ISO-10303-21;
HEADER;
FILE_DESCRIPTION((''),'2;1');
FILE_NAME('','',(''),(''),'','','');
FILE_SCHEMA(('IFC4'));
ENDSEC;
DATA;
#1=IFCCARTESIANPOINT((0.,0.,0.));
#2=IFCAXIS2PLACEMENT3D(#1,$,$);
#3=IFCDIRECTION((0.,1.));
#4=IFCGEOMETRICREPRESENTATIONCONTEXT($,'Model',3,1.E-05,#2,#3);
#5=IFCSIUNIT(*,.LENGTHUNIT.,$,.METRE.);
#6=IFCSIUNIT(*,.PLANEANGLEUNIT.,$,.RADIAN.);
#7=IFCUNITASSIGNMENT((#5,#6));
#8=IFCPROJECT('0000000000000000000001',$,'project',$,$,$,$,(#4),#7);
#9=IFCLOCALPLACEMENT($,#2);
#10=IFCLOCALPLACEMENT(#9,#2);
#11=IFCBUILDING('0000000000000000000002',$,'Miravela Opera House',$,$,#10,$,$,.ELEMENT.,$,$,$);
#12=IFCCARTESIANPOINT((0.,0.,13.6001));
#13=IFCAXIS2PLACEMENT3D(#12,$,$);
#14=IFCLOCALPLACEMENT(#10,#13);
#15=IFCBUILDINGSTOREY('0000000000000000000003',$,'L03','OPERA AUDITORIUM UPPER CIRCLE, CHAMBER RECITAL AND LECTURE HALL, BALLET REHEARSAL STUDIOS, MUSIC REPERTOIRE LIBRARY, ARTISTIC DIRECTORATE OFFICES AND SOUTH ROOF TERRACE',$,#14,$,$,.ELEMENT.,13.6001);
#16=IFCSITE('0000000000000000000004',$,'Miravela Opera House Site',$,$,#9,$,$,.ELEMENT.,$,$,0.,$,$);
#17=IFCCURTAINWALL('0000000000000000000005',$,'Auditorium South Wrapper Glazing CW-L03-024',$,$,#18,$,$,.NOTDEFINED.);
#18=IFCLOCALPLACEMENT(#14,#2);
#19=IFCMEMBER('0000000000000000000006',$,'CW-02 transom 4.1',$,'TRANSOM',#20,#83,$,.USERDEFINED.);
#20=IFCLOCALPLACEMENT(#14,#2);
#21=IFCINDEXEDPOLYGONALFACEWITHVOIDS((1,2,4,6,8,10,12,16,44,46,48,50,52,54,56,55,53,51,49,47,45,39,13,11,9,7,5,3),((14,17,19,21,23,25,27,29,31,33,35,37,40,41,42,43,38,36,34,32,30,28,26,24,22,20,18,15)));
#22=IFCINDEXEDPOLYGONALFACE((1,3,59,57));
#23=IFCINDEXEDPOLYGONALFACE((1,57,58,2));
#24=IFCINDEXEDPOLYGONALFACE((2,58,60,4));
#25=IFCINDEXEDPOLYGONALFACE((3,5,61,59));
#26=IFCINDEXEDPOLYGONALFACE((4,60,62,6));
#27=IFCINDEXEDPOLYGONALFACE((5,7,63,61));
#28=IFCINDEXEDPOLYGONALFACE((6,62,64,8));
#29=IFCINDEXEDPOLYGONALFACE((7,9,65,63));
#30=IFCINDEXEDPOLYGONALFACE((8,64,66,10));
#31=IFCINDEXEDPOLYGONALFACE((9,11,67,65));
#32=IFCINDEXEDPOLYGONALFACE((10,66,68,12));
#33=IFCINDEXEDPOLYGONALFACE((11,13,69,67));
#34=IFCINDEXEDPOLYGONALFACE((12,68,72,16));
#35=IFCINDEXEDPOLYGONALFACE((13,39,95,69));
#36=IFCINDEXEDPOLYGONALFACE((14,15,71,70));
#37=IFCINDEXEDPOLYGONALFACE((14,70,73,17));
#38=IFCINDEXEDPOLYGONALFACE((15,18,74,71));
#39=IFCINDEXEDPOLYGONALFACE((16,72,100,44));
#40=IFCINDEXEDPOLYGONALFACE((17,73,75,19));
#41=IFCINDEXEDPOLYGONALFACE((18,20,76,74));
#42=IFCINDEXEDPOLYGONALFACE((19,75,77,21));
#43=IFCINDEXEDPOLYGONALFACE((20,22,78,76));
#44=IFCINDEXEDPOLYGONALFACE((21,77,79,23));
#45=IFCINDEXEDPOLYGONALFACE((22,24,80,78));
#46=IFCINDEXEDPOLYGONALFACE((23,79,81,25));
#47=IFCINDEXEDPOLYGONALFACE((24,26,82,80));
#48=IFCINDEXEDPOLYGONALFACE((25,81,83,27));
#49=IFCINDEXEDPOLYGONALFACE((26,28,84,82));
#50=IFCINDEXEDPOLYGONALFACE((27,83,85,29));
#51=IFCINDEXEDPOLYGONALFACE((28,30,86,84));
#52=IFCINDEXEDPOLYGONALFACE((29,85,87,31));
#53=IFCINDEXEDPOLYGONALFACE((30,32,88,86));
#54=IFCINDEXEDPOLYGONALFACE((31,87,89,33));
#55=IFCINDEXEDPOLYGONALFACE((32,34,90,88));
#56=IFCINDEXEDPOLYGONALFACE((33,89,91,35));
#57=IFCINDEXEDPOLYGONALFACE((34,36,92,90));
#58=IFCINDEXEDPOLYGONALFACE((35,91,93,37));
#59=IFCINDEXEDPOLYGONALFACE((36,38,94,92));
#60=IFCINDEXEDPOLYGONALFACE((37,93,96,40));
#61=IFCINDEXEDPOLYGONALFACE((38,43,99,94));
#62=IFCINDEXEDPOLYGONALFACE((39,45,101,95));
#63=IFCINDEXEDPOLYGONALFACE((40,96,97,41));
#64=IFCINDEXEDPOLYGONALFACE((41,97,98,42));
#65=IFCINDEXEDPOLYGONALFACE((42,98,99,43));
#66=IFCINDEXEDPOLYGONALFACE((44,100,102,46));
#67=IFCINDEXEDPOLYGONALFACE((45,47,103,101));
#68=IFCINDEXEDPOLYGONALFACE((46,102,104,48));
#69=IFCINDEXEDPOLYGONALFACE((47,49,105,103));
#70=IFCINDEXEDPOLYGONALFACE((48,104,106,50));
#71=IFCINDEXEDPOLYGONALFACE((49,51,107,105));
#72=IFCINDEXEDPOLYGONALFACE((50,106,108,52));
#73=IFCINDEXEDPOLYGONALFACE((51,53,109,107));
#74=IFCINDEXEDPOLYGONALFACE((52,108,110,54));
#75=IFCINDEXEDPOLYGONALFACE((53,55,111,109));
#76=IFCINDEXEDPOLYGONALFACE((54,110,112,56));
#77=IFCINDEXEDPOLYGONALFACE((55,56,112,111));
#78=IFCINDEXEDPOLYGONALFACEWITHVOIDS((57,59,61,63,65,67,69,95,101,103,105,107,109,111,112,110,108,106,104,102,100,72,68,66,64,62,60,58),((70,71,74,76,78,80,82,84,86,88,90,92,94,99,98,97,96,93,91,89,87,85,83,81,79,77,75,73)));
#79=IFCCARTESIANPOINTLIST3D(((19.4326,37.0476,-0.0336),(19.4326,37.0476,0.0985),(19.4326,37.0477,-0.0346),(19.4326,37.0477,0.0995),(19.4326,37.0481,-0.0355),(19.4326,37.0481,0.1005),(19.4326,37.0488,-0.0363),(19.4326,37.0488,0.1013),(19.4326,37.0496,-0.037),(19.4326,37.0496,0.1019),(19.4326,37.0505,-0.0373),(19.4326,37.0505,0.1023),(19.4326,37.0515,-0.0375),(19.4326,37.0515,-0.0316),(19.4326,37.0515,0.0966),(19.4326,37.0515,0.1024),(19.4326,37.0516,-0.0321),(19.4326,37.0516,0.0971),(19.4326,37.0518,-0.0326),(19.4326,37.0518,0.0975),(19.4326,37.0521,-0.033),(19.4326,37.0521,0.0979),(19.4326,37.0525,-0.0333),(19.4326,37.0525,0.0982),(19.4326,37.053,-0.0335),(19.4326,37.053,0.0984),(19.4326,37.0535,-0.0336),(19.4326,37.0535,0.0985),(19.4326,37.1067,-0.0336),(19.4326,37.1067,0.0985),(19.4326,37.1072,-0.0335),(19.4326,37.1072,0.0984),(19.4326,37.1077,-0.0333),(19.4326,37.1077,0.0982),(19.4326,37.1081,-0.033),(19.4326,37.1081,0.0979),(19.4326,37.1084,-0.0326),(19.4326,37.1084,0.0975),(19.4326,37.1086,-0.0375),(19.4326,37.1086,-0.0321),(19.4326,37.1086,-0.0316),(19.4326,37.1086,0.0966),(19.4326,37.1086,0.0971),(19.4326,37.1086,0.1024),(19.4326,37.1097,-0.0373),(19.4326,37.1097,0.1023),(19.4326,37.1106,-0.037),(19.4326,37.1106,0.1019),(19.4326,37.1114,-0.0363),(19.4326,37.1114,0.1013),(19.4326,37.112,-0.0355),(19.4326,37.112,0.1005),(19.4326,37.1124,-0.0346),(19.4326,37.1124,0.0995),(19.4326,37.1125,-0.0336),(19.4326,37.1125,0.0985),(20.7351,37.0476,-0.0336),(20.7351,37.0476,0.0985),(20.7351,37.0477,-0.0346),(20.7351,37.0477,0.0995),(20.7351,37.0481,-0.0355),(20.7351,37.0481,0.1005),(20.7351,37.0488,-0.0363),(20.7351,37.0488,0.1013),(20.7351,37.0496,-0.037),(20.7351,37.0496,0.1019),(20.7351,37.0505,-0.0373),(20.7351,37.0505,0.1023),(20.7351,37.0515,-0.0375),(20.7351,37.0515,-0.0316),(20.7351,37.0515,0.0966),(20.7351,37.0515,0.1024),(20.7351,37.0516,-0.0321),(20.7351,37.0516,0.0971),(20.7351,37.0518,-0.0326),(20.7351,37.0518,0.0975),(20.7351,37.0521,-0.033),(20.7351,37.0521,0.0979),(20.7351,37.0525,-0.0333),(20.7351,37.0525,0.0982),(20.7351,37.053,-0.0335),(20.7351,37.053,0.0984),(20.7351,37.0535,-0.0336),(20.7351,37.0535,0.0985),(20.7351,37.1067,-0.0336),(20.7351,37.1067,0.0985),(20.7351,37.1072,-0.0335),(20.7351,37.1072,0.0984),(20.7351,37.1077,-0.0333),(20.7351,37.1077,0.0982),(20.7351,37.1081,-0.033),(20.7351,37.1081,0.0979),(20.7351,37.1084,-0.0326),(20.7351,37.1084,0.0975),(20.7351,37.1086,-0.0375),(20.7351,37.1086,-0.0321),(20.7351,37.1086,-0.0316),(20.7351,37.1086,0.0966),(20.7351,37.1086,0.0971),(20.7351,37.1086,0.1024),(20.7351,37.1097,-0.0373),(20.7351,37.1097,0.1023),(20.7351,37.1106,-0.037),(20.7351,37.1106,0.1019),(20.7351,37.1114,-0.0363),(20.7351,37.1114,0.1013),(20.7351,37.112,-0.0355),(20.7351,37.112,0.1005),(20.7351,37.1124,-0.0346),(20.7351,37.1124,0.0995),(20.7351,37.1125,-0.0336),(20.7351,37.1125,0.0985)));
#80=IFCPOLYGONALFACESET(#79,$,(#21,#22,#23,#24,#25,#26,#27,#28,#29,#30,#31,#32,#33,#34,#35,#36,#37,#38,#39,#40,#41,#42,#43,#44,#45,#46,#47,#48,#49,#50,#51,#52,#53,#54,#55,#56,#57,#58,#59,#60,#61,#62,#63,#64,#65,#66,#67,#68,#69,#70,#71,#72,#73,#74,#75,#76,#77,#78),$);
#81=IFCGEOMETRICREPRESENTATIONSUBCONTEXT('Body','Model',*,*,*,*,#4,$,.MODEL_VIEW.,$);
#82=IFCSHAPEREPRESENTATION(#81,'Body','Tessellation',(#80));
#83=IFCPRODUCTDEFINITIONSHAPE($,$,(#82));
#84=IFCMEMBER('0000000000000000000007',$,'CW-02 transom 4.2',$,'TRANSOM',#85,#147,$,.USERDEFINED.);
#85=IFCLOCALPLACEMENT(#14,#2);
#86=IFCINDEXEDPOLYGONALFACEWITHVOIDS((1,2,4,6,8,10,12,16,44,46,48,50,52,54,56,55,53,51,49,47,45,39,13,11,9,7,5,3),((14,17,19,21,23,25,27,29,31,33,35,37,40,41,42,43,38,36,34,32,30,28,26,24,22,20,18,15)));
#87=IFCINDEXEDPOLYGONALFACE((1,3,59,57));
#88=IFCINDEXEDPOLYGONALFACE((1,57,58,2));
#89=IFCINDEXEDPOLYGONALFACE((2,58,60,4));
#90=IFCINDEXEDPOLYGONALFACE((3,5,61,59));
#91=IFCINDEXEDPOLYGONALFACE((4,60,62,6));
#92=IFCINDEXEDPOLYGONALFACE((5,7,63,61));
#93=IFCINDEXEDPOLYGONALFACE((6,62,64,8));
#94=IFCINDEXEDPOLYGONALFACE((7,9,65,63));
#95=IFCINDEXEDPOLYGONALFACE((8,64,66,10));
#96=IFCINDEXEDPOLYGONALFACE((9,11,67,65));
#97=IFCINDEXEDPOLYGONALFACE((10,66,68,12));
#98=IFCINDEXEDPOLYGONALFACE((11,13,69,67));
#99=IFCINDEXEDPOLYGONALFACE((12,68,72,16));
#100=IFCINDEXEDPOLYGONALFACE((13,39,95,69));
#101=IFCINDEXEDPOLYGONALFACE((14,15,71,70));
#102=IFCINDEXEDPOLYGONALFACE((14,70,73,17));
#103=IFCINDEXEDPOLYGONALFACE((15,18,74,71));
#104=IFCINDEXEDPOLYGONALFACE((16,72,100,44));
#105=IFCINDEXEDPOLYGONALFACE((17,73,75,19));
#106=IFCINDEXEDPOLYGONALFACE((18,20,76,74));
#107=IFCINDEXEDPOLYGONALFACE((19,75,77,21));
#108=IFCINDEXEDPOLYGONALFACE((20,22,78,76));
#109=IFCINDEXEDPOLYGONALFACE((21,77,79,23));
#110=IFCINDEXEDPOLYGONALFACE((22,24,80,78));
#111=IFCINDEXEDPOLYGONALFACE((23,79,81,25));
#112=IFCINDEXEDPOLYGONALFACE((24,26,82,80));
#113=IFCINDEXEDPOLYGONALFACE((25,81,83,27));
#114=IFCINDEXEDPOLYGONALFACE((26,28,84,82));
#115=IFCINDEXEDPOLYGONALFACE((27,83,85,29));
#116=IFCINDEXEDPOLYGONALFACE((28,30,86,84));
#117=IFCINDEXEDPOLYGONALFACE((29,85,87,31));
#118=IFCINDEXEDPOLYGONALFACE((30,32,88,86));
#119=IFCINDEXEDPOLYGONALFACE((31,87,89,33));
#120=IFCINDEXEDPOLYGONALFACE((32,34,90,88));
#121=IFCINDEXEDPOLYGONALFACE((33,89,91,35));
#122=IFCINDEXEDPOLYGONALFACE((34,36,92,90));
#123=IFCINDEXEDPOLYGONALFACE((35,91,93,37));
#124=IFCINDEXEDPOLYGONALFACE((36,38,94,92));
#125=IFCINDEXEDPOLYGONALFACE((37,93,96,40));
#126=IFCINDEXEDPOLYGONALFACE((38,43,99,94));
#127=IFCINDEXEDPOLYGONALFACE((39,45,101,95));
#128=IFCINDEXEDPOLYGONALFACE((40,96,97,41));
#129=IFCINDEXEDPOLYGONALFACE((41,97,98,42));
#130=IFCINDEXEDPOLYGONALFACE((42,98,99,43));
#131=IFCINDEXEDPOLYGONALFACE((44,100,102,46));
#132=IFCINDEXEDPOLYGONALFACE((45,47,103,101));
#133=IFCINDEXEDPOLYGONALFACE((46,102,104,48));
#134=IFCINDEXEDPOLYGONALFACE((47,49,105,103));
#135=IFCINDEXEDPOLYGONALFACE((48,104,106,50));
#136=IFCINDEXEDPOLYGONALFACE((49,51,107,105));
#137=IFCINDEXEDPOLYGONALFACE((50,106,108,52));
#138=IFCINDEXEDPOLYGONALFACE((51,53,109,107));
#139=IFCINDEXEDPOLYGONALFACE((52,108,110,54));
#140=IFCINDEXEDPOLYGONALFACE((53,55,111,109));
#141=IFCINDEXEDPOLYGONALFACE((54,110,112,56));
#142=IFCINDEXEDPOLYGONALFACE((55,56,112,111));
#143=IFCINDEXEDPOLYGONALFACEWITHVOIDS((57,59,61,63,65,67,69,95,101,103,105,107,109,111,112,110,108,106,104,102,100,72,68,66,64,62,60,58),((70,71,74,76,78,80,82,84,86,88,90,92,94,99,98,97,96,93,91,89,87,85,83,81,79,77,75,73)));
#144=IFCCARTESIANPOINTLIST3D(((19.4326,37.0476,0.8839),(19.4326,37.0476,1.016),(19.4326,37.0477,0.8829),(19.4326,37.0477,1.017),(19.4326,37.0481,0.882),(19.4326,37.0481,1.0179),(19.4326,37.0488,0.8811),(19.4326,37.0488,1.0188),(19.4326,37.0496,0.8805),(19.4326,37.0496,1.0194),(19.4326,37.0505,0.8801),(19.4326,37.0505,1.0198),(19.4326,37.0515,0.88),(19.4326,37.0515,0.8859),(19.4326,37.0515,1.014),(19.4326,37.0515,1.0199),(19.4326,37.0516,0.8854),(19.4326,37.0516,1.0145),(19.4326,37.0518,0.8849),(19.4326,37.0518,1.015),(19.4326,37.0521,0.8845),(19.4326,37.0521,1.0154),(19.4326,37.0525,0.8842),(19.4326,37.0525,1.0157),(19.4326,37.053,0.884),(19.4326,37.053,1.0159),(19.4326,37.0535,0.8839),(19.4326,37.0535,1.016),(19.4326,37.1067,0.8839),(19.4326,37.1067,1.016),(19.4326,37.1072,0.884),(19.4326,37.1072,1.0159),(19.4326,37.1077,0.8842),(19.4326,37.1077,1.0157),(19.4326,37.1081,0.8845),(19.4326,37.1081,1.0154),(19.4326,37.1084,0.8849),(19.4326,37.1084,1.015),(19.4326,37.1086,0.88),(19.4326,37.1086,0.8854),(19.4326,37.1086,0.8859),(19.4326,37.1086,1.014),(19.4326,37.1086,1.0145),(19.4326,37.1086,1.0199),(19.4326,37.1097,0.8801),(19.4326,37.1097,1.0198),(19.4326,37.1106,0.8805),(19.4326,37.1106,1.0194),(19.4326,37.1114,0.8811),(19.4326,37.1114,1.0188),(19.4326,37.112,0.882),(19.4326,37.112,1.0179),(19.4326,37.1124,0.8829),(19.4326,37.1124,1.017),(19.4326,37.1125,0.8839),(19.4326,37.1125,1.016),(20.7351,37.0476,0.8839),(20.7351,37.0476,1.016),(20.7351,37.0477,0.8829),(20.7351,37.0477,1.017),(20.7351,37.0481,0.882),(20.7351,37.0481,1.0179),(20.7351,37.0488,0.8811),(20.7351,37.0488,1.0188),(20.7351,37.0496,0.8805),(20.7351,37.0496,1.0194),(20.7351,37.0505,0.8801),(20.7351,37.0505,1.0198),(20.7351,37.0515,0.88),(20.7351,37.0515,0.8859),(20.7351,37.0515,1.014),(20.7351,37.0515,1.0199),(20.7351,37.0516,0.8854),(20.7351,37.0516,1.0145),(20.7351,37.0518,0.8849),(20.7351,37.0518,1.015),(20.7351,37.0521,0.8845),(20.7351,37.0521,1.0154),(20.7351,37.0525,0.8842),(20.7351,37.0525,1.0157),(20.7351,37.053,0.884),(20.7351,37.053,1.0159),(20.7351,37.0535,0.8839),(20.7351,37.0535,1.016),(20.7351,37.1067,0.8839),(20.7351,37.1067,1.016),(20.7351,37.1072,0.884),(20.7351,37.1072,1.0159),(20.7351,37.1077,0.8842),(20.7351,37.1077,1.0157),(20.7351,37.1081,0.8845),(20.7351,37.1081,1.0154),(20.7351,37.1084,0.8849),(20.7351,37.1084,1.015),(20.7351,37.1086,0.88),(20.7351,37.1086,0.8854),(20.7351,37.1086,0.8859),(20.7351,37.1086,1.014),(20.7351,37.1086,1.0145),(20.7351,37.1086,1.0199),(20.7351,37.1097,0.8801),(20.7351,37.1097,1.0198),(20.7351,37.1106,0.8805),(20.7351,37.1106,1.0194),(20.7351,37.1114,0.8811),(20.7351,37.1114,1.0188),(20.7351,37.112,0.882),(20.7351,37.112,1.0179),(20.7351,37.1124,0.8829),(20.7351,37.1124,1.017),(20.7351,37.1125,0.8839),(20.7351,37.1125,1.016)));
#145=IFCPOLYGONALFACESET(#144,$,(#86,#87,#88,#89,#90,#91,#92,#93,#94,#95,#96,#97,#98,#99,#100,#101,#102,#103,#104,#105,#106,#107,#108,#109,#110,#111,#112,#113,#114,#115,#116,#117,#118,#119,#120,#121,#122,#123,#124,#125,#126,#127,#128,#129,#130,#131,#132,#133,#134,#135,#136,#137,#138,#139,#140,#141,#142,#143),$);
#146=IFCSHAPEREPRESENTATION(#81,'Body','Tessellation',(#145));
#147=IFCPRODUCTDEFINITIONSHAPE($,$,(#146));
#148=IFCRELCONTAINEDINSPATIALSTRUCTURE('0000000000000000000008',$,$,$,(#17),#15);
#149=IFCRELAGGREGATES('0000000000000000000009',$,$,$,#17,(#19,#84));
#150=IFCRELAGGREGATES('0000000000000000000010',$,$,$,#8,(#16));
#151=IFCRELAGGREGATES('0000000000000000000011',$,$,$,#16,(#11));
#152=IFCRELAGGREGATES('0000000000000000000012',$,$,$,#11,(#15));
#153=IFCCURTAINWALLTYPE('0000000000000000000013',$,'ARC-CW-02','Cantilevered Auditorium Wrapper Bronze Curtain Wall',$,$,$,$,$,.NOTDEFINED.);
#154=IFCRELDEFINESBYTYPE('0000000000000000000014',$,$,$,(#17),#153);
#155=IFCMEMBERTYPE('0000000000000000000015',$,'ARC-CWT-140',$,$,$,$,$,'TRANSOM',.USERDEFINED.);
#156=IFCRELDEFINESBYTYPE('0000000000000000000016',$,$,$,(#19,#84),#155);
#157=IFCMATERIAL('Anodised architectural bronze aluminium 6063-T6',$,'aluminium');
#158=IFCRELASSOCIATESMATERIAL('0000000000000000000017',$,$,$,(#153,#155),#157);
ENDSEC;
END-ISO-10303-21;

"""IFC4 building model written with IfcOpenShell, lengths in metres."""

from ifc_helpers import new_model, si_unit, direction, frame, origin, origin_2d, place, context, subcontext, project, spatial, hollow_rectangle, extrude, material, material_profile, profile_set, type_object, element, aggregate, save


model = new_model("IFC4")

# Units and contexts
model_context = context("Model", 3, precision=1e-05, world=origin(), true_north=direction((0.0, 1.0)))
body_context = subcontext(model_context, "Body", "Model", "MODEL_VIEW")
ifc_project = project(units=[si_unit("LENGTHUNIT", "METRE"), si_unit("PLANEANGLEUNIT", "RADIAN")], contexts=[model_context])

# Site, building, storey
site_placement = place(None, origin())
site = spatial("IfcSite", under=ifc_project, at=site_placement, Name="Miravela Opera House Site", CompositionType="ELEMENT", RefElevation=0.0)
building_placement = place(site_placement, origin())
building = spatial("IfcBuilding", under=site, at=building_placement, Name="Miravela Opera House", CompositionType="ELEMENT")
storey_placement = place(building_placement, frame((0.0, 0.0, 13.6001)))
storey = spatial("IfcBuildingStorey", under=building, at=storey_placement, Name="L03", Description="OPERA AUDITORIUM UPPER CIRCLE, CHAMBER RECITAL AND LECTURE HALL, BALLET REHEARSAL STUDIOS, MUSIC REPERTOIRE LIBRARY, ARTISTIC DIRECTORATE OFFICES AND SOUTH ROOF TERRACE", CompositionType="ELEMENT", Elevation=13.6001)

# Curtain wall
ifc_material_1 = material(Name="Anodised architectural bronze aluminium 6063-T6", Category="aluminium")
curtain_wall_type = type_object("IfcCurtainWallType", Name="ARC-CW-02", Description="Cantilevered Auditorium Wrapper Bronze Curtain Wall", PredefinedType="NOTDEFINED", material=ifc_material_1)
curtain_wall_1_placement = place(storey_placement, origin())
curtain_wall_1 = element("IfcCurtainWall", 1, at=curtain_wall_1_placement, inside=storey, type_object=curtain_wall_type, Name="Auditorium South Wrapper Glazing CW-L03-024", PredefinedType="NOTDEFINED")

# Members
ifc_material_profile_1 = material_profile(ifc_material_1, hollow_rectangle(XDim=0.0649, YDim=0.1399, WallThickness=0.0039, InnerFilletRadius=0.002, OuterFilletRadius=0.0039, at=origin_2d()), Name="CWT-65X140")
ifc_profile_set_1 = profile_set([ifc_material_profile_1])
member_type_1 = type_object("IfcMemberType", Name="ARC-CWT-140", ElementType="TRANSOM", PredefinedType="USERDEFINED", material=ifc_profile_set_1)
member_1_placement = place(storey_placement, frame((19.4326, 37.0801, 0.0325), z_axis=(1.0, 0.0, 0.0), x_axis=(0.0, 1.0, 0.0)))
member_1 = element("IfcMember", 2, at=member_1_placement, type_object=member_type_1, Name="CW-02 transom 4.1", ObjectType="TRANSOM", PredefinedType="USERDEFINED", context=body_context, shape_type="SweptSolid", body=[
    extrude(hollow_rectangle(XDim=0.0649, YDim=0.1399, WallThickness=0.0039, InnerFilletRadius=0.002, OuterFilletRadius=0.0039, at=origin_2d()), origin(), (0.0, 0.0, 1.0), 1.3025),
])
member_2_placement = place(storey_placement, frame((19.4326, 37.0801, 0.95), z_axis=(1.0, 0.0, 0.0), x_axis=(0.0, 1.0, 0.0)))
member_2 = element("IfcMember", 3, at=member_2_placement, type_object=member_type_1, Name="CW-02 transom 4.2", ObjectType="TRANSOM", PredefinedType="USERDEFINED", context=body_context, shape_type="SweptSolid", body=[
    extrude(hollow_rectangle(XDim=0.0649, YDim=0.1399, WallThickness=0.0039, InnerFilletRadius=0.002, OuterFilletRadius=0.0039, at=origin_2d()), origin(), (0.0, 0.0, 1.0), 1.3025),
])

aggregate(curtain_wall_1, [member_1, member_2])

save(model, "model.ifc")
